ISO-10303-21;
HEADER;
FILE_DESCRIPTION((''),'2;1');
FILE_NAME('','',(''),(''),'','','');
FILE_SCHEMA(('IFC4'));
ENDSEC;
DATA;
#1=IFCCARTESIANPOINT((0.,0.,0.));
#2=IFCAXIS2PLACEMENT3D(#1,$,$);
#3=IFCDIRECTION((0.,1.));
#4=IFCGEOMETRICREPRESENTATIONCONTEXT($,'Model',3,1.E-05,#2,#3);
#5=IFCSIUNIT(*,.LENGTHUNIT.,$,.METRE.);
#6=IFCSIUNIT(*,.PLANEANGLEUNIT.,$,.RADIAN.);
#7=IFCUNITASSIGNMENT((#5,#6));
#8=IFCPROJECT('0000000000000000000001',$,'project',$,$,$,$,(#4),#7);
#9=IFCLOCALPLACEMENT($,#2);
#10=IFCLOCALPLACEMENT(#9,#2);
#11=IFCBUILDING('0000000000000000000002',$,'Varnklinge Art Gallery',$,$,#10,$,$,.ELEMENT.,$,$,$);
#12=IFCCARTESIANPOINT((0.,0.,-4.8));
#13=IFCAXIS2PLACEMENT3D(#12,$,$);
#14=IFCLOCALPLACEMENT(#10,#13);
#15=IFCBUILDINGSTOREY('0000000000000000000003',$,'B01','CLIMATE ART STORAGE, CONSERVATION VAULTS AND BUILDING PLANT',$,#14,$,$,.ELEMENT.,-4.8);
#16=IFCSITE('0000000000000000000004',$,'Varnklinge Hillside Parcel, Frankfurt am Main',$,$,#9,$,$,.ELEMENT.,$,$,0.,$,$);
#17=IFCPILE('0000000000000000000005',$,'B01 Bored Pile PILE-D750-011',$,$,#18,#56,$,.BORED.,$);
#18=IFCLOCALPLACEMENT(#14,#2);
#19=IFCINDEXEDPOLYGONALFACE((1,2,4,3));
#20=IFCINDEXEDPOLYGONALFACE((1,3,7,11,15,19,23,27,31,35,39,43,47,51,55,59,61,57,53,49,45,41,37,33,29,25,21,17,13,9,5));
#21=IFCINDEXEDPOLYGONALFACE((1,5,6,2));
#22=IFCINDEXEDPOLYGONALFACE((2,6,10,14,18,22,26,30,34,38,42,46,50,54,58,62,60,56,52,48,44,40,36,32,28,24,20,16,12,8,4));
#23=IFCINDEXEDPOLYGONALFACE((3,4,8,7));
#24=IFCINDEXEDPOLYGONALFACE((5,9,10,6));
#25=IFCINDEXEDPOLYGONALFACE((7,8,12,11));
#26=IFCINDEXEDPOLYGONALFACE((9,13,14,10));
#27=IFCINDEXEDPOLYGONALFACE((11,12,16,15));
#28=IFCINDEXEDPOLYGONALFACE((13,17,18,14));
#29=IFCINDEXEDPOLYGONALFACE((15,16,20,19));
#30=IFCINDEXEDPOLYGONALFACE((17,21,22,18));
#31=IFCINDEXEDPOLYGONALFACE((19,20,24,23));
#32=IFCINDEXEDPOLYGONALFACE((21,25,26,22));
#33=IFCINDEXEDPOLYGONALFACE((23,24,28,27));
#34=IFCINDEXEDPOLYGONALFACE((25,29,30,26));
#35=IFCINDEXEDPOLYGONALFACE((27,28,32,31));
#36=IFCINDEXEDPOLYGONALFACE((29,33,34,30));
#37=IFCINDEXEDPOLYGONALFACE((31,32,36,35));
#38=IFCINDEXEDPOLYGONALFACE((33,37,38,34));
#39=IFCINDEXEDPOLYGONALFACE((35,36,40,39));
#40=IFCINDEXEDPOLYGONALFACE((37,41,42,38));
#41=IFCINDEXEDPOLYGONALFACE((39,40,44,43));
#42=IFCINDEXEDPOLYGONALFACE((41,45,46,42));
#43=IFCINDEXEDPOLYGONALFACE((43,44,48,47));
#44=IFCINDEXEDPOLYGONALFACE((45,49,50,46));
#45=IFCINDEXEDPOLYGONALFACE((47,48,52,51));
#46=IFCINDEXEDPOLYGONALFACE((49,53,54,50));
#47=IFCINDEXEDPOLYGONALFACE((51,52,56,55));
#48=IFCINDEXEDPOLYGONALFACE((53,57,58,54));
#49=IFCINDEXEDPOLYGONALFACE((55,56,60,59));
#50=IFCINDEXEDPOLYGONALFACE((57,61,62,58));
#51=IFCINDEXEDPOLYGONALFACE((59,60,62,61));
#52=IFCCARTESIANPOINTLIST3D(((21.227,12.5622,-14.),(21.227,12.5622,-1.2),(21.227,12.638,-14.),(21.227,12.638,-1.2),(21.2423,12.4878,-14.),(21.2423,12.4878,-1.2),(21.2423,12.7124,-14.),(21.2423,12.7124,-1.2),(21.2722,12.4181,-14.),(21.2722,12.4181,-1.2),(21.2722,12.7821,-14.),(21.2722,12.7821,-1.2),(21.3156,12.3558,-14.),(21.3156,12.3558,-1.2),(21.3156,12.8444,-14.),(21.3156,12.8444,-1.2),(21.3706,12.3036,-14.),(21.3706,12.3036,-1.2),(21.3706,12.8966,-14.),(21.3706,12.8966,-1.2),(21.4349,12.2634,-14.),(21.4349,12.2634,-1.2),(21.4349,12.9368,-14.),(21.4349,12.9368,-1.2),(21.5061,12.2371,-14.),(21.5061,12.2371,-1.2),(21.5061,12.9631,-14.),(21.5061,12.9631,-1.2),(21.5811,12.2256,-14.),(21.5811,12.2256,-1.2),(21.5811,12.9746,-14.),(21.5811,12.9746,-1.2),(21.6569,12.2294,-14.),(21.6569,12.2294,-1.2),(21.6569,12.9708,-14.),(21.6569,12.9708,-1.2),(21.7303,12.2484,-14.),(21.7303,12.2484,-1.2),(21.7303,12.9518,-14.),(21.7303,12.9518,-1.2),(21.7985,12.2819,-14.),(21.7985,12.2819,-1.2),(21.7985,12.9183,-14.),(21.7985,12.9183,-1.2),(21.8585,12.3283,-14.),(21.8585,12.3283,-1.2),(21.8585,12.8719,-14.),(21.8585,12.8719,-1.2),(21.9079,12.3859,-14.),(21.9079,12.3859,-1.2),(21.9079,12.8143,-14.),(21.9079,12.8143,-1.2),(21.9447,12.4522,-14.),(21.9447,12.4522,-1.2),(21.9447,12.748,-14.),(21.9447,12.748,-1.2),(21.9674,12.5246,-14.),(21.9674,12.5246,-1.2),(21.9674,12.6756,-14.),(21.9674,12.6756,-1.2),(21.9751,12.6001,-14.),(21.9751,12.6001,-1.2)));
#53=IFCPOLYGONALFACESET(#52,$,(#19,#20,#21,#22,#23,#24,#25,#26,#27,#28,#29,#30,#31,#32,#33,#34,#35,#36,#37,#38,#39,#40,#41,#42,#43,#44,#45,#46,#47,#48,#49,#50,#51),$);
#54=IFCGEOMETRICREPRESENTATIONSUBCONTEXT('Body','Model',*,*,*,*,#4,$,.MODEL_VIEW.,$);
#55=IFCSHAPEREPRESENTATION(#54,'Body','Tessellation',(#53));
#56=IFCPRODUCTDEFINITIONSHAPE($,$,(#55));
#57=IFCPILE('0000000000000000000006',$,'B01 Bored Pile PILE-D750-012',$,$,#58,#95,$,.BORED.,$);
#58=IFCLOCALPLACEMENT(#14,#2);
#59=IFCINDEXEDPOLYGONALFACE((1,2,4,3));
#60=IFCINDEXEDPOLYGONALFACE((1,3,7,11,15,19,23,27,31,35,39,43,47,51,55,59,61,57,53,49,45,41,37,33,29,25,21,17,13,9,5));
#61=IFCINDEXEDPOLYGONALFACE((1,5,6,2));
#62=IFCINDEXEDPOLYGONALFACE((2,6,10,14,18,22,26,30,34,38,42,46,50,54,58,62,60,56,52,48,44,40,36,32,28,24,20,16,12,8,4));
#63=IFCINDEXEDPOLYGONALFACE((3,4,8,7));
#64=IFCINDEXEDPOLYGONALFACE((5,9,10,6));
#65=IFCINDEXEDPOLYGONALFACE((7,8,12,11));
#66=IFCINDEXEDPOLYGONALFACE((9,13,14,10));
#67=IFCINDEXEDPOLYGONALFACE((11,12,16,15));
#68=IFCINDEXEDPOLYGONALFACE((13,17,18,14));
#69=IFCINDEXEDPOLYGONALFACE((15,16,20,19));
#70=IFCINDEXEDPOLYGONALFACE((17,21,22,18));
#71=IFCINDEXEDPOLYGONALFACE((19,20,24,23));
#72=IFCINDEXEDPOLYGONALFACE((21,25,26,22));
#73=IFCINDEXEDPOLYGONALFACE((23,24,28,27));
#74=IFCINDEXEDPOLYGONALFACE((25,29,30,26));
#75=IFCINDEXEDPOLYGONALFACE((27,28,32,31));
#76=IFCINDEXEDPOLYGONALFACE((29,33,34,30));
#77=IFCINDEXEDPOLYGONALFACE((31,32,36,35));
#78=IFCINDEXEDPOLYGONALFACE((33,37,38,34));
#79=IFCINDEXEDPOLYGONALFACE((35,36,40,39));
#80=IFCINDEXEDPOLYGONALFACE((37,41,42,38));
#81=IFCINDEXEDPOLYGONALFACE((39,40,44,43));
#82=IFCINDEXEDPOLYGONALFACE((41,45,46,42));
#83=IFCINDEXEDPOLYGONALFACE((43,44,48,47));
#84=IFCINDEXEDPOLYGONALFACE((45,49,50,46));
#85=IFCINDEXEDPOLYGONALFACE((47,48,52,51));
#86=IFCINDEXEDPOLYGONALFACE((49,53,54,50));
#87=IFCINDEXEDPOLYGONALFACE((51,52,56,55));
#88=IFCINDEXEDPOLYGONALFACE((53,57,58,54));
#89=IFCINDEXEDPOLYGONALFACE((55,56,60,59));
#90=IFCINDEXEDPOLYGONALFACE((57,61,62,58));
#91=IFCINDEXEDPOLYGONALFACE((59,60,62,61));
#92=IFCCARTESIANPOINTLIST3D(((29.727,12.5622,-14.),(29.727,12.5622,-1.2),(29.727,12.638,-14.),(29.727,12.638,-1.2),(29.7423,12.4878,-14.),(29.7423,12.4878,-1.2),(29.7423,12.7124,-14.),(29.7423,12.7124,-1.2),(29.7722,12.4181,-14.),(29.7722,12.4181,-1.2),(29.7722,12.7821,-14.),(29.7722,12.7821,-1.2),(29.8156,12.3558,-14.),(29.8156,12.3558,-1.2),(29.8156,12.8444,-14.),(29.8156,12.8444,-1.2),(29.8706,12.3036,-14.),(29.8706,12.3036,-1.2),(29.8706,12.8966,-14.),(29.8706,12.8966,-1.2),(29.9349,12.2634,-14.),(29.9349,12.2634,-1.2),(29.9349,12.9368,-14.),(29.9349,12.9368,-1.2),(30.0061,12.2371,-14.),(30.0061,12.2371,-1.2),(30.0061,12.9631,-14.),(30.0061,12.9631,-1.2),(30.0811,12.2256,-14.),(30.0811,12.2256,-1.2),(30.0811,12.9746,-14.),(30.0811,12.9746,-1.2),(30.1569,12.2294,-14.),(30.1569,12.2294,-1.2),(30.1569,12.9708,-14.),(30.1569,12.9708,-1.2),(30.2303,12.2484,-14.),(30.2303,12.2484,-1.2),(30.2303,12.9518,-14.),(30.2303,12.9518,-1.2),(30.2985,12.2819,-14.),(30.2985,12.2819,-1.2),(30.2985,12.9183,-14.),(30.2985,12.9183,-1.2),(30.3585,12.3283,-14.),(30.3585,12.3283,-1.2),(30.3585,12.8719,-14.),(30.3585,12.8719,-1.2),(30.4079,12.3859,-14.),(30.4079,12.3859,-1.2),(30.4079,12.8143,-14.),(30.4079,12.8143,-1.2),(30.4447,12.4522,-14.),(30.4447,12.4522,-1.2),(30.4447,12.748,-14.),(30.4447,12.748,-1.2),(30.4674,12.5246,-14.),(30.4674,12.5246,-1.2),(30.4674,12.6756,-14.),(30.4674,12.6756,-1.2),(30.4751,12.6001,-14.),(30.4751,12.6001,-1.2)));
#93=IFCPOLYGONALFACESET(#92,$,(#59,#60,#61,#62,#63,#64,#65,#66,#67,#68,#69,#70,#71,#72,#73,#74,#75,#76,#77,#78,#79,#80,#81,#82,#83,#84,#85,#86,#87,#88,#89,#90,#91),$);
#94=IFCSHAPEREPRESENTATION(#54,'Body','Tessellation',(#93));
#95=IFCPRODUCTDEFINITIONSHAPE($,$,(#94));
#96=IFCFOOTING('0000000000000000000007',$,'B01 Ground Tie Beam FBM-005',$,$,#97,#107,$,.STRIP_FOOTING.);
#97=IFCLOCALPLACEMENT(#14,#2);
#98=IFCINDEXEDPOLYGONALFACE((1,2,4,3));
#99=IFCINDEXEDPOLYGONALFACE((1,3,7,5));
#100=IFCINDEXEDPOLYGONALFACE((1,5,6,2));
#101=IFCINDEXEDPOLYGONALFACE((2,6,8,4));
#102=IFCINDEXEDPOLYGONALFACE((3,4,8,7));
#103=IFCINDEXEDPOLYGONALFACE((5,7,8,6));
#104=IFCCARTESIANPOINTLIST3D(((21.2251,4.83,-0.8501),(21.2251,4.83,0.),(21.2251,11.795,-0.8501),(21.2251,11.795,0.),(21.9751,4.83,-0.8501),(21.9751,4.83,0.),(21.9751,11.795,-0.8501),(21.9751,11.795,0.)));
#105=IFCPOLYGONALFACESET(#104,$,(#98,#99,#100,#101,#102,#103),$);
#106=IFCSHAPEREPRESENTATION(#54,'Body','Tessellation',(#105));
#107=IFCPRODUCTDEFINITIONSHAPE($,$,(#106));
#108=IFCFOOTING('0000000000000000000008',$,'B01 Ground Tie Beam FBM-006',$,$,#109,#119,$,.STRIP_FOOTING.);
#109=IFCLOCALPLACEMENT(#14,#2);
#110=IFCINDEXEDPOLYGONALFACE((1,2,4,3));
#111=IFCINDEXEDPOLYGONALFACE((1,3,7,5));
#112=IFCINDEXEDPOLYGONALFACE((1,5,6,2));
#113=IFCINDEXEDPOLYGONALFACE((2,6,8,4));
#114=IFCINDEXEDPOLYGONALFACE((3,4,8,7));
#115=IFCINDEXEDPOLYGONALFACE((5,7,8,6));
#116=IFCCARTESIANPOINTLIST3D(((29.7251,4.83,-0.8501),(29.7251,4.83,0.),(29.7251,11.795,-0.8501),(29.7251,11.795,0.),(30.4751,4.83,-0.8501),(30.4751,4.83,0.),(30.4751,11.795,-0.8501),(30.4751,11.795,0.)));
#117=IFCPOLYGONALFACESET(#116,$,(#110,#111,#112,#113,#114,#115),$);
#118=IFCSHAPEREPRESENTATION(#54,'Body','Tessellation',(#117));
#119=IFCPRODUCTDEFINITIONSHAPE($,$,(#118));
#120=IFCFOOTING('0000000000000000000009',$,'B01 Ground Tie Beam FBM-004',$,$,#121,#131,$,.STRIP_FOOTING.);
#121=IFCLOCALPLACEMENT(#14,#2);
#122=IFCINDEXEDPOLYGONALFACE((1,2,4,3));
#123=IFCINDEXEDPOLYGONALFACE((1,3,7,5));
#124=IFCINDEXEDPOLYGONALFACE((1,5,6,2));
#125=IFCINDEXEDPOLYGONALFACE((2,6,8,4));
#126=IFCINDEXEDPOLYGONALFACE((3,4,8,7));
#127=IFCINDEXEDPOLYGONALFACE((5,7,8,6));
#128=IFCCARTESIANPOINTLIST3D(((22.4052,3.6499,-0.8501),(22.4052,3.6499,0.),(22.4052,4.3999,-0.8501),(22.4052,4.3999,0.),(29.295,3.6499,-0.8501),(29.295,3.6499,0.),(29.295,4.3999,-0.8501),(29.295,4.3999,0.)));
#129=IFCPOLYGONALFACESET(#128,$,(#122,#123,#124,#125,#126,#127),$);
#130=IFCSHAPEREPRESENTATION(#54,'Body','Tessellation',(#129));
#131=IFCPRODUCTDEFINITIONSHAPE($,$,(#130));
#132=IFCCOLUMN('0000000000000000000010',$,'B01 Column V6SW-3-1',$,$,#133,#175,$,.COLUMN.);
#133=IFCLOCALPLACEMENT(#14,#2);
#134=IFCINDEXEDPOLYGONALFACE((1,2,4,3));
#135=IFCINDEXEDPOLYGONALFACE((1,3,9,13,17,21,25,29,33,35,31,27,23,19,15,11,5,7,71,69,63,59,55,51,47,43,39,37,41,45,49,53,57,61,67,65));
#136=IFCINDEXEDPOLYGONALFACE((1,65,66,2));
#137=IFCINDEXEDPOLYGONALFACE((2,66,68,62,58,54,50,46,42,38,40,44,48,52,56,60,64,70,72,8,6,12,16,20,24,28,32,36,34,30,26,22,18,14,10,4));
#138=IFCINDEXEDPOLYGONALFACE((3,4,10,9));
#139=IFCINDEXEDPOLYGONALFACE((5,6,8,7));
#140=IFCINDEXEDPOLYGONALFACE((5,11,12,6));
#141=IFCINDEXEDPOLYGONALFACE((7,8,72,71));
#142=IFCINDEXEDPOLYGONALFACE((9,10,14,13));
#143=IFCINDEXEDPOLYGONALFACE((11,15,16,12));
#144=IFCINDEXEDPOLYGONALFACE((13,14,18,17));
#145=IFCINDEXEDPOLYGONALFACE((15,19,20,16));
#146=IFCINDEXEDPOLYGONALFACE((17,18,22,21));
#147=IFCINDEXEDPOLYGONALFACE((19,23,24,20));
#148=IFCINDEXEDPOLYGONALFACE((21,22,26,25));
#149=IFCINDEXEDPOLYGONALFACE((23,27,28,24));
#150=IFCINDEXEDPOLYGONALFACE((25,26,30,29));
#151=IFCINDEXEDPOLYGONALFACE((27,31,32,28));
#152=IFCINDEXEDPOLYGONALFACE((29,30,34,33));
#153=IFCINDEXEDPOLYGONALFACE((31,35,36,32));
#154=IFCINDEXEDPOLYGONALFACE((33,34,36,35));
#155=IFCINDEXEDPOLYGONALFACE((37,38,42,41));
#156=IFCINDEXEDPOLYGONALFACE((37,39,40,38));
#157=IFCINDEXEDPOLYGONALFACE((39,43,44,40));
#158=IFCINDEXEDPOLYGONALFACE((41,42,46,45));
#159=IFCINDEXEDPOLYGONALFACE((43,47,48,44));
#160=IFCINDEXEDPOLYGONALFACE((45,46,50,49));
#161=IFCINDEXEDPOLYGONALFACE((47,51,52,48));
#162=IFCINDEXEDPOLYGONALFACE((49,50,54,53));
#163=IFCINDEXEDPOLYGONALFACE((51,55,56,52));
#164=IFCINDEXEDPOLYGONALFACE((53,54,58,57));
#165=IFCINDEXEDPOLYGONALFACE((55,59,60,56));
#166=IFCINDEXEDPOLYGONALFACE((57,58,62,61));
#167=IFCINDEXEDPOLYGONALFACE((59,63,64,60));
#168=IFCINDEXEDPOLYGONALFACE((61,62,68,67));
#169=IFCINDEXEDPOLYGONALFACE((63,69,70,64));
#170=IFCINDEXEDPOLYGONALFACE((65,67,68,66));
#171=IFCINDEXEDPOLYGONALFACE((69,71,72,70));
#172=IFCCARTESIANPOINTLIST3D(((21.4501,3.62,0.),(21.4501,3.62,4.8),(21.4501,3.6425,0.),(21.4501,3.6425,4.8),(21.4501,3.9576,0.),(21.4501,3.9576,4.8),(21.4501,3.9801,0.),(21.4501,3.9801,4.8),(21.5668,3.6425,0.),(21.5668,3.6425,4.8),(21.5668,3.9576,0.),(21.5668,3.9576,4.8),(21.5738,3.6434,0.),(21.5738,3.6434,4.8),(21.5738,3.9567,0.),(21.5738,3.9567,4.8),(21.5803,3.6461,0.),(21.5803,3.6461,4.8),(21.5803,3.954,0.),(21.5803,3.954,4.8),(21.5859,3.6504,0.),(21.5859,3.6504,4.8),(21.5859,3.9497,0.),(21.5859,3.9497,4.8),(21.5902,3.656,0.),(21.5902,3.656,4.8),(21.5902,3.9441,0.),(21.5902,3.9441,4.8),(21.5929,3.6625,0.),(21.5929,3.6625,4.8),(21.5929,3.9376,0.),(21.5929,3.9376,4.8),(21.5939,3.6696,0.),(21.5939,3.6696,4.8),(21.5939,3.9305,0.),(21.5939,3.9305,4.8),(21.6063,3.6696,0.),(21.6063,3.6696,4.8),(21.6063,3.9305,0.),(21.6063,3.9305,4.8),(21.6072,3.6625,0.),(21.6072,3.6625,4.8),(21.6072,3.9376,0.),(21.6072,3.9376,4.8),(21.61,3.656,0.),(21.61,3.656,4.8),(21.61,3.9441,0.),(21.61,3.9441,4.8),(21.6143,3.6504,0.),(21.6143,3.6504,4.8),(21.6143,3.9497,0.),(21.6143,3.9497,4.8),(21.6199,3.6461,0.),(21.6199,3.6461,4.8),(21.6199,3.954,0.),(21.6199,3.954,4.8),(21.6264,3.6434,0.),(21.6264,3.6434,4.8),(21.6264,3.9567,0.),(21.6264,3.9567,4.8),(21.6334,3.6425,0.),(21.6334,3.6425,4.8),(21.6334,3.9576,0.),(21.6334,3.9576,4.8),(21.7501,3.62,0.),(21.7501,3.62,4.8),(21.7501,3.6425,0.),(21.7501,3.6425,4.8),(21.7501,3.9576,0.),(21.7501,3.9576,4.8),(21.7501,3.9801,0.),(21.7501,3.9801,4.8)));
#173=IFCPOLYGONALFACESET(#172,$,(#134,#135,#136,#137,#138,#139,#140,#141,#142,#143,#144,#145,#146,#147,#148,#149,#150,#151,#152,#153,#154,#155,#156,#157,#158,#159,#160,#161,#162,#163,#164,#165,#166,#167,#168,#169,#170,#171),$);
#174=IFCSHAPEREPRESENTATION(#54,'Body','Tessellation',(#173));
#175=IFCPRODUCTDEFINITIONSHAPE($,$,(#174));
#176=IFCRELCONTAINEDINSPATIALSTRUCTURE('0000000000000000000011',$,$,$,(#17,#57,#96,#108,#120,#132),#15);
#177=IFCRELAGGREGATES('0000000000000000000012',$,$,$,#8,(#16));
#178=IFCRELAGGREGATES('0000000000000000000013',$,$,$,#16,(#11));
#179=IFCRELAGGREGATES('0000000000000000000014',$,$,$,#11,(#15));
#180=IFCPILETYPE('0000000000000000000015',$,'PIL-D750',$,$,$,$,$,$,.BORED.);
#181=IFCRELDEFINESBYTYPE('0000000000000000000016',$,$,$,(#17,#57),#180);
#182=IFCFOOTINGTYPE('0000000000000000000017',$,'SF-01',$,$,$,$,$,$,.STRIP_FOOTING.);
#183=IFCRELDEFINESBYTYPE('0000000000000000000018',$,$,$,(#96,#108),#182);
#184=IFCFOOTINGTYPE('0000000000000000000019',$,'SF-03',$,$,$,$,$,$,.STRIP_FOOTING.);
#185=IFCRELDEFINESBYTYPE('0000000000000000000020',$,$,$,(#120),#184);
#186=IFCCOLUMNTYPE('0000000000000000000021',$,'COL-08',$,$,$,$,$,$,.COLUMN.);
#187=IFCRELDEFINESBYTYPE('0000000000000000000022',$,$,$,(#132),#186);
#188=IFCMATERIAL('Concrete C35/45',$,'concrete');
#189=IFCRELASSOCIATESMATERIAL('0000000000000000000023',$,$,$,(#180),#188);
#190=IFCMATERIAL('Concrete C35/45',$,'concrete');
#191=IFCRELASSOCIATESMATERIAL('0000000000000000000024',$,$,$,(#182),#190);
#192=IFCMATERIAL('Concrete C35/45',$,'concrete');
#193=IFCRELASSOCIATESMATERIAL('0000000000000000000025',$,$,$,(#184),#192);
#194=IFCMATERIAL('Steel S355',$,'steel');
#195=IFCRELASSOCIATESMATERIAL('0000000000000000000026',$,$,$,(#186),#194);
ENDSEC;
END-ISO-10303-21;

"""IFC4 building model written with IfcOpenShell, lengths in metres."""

from ifc_helpers import new_model, si_unit, direction, frame, origin, origin_2d, place, context, subcontext, project, spatial, rectangle, circle, i_section, extrude, material, material_profile, profile_set, type_object, element, save


model = new_model("IFC4")

# Units and contexts
model_context = context("Model", 3, precision=1e-05, world=origin(), true_north=direction((0.0, 1.0)))
body_context = subcontext(model_context, "Body", "Model", "MODEL_VIEW")
ifc_project = project(units=[si_unit("LENGTHUNIT", "METRE"), si_unit("PLANEANGLEUNIT", "RADIAN")], contexts=[model_context])

# Site, building, storey
site_placement = place(None, origin())
site = spatial("IfcSite", under=ifc_project, at=site_placement, Name="Varnklinge Hillside Parcel, Frankfurt am Main", CompositionType="ELEMENT", RefElevation=0.0)
building_placement = place(site_placement, origin())
building = spatial("IfcBuilding", under=site, at=building_placement, Name="Varnklinge Art Gallery", CompositionType="ELEMENT")
storey_placement = place(building_placement, frame((0.0, 0.0, -4.8)))
storey = spatial("IfcBuildingStorey", under=building, at=storey_placement, Name="B01", Description="CLIMATE ART STORAGE, CONSERVATION VAULTS AND BUILDING PLANT", CompositionType="ELEMENT", Elevation=-4.8)

# Piles
ifc_material_1 = material(Name="Concrete C35/45", Category="concrete")
ifc_material_profile_1 = material_profile(ifc_material_1, circle(Radius=0.375, at=origin_2d()), Name="PILE D750")
ifc_profile_set_1 = profile_set([ifc_material_profile_1], Name="Concrete C35/45")
pile_type = type_object("IfcPileType", Name="PIL-D750", PredefinedType="BORED", material=ifc_profile_set_1)
for number, where, z_axis, x_axis, name in (
    (1, (21.6001, 12.6001, -1.2), (0.0, 0.0, -1.0), (1.0, 0.0, 0.0), "B01 Bored Pile PILE-D750-011"),
    (2, (30.1001, 12.6001, -1.2), (0.0, 0.0, -1.0), (1.0, 0.0, 0.0), "B01 Bored Pile PILE-D750-012"),
):
    element("IfcPile", number, at=place(storey_placement, frame(where, z_axis=z_axis, x_axis=x_axis)), inside=storey, type_object=pile_type, Name=name, PredefinedType="BORED", context=body_context, shape_type="SweptSolid", body=[
        extrude(circle(Radius=0.375, at=origin_2d()), origin(), (0.0, 0.0, 1.0), 12.8),
    ])

# Footings
ifc_material_2 = material(Name="Concrete C35/45", Category="concrete")
footing_type_1 = type_object("IfcFootingType", Name="SF-01", PredefinedType="STRIP_FOOTING", material=ifc_material_2)
for number, where, z_axis, x_axis, name in (
    (3, (21.6001, 8.3125, -0.8501), (0.0, 0.0, 1.0), (0.0, 1.0, 0.0), "B01 Ground Tie Beam FBM-005"),
    (4, (30.1001, 8.3125, -0.8501), (0.0, 0.0, 1.0), (0.0, 1.0, 0.0), "B01 Ground Tie Beam FBM-006"),
):
    element("IfcFooting", number, at=place(storey_placement, frame(where, z_axis=z_axis, x_axis=x_axis)), inside=storey, type_object=footing_type_1, Name=name, PredefinedType="STRIP_FOOTING", context=body_context, shape_type="SweptSolid", body=[
        extrude(rectangle(XDim=6.9651, YDim=0.75, at=origin_2d()), origin(), (0.0, 0.0, 1.0), 0.8501),
    ])
ifc_material_3 = material(Name="Concrete C35/45", Category="concrete")
footing_type_2 = type_object("IfcFootingType", Name="SF-03", PredefinedType="STRIP_FOOTING", material=ifc_material_3)
footing_1_placement = place(storey_placement, frame((25.8501, 4.0249, -0.8501), z_axis=(0.0, 0.0, 1.0), x_axis=(1.0, 0.0, 0.0)))
element("IfcFooting", 5, at=footing_1_placement, inside=storey, type_object=footing_type_2, Name="B01 Ground Tie Beam FBM-004", PredefinedType="STRIP_FOOTING", context=body_context, shape_type="SweptSolid", body=[
    extrude(rectangle(XDim=6.8899, YDim=0.75, at=origin_2d()), origin(), (0.0, 0.0, 1.0), 0.8501),
])

# Column
ifc_material_4 = material(Name="Steel S355", Category="steel")
ifc_material_profile_2 = material_profile(ifc_material_4, i_section(OverallWidth=0.3, OverallDepth=0.3601, WebThickness=0.0125, FlangeThickness=0.0225, FilletRadius=0.0271, at=origin_2d()), Name="HEB 360")
ifc_profile_set_2 = profile_set([ifc_material_profile_2], Name="Steel S355")
column_type = type_object("IfcColumnType", Name="COL-08", PredefinedType="COLUMN", material=ifc_profile_set_2)
for number, where, z_axis, x_axis, name in (
    (6, (21.6001, 3.8, 0.0), (0.0, 0.0, 1.0), (1.0, 0.0, 0.0), "B01 Column V6SW-3-1"),
):
    element("IfcColumn", number, at=place(storey_placement, frame(where, z_axis=z_axis, x_axis=x_axis)), inside=storey, type_object=column_type, Name=name, PredefinedType="COLUMN", context=body_context, shape_type="SweptSolid", body=[
        extrude(i_section(OverallWidth=0.3, OverallDepth=0.3601, WebThickness=0.0125, FlangeThickness=0.0225, FilletRadius=0.0271, at=origin_2d()), origin(), (0.0, 0.0, 1.0), 4.8),
    ])

save(model, "model.ifc")
